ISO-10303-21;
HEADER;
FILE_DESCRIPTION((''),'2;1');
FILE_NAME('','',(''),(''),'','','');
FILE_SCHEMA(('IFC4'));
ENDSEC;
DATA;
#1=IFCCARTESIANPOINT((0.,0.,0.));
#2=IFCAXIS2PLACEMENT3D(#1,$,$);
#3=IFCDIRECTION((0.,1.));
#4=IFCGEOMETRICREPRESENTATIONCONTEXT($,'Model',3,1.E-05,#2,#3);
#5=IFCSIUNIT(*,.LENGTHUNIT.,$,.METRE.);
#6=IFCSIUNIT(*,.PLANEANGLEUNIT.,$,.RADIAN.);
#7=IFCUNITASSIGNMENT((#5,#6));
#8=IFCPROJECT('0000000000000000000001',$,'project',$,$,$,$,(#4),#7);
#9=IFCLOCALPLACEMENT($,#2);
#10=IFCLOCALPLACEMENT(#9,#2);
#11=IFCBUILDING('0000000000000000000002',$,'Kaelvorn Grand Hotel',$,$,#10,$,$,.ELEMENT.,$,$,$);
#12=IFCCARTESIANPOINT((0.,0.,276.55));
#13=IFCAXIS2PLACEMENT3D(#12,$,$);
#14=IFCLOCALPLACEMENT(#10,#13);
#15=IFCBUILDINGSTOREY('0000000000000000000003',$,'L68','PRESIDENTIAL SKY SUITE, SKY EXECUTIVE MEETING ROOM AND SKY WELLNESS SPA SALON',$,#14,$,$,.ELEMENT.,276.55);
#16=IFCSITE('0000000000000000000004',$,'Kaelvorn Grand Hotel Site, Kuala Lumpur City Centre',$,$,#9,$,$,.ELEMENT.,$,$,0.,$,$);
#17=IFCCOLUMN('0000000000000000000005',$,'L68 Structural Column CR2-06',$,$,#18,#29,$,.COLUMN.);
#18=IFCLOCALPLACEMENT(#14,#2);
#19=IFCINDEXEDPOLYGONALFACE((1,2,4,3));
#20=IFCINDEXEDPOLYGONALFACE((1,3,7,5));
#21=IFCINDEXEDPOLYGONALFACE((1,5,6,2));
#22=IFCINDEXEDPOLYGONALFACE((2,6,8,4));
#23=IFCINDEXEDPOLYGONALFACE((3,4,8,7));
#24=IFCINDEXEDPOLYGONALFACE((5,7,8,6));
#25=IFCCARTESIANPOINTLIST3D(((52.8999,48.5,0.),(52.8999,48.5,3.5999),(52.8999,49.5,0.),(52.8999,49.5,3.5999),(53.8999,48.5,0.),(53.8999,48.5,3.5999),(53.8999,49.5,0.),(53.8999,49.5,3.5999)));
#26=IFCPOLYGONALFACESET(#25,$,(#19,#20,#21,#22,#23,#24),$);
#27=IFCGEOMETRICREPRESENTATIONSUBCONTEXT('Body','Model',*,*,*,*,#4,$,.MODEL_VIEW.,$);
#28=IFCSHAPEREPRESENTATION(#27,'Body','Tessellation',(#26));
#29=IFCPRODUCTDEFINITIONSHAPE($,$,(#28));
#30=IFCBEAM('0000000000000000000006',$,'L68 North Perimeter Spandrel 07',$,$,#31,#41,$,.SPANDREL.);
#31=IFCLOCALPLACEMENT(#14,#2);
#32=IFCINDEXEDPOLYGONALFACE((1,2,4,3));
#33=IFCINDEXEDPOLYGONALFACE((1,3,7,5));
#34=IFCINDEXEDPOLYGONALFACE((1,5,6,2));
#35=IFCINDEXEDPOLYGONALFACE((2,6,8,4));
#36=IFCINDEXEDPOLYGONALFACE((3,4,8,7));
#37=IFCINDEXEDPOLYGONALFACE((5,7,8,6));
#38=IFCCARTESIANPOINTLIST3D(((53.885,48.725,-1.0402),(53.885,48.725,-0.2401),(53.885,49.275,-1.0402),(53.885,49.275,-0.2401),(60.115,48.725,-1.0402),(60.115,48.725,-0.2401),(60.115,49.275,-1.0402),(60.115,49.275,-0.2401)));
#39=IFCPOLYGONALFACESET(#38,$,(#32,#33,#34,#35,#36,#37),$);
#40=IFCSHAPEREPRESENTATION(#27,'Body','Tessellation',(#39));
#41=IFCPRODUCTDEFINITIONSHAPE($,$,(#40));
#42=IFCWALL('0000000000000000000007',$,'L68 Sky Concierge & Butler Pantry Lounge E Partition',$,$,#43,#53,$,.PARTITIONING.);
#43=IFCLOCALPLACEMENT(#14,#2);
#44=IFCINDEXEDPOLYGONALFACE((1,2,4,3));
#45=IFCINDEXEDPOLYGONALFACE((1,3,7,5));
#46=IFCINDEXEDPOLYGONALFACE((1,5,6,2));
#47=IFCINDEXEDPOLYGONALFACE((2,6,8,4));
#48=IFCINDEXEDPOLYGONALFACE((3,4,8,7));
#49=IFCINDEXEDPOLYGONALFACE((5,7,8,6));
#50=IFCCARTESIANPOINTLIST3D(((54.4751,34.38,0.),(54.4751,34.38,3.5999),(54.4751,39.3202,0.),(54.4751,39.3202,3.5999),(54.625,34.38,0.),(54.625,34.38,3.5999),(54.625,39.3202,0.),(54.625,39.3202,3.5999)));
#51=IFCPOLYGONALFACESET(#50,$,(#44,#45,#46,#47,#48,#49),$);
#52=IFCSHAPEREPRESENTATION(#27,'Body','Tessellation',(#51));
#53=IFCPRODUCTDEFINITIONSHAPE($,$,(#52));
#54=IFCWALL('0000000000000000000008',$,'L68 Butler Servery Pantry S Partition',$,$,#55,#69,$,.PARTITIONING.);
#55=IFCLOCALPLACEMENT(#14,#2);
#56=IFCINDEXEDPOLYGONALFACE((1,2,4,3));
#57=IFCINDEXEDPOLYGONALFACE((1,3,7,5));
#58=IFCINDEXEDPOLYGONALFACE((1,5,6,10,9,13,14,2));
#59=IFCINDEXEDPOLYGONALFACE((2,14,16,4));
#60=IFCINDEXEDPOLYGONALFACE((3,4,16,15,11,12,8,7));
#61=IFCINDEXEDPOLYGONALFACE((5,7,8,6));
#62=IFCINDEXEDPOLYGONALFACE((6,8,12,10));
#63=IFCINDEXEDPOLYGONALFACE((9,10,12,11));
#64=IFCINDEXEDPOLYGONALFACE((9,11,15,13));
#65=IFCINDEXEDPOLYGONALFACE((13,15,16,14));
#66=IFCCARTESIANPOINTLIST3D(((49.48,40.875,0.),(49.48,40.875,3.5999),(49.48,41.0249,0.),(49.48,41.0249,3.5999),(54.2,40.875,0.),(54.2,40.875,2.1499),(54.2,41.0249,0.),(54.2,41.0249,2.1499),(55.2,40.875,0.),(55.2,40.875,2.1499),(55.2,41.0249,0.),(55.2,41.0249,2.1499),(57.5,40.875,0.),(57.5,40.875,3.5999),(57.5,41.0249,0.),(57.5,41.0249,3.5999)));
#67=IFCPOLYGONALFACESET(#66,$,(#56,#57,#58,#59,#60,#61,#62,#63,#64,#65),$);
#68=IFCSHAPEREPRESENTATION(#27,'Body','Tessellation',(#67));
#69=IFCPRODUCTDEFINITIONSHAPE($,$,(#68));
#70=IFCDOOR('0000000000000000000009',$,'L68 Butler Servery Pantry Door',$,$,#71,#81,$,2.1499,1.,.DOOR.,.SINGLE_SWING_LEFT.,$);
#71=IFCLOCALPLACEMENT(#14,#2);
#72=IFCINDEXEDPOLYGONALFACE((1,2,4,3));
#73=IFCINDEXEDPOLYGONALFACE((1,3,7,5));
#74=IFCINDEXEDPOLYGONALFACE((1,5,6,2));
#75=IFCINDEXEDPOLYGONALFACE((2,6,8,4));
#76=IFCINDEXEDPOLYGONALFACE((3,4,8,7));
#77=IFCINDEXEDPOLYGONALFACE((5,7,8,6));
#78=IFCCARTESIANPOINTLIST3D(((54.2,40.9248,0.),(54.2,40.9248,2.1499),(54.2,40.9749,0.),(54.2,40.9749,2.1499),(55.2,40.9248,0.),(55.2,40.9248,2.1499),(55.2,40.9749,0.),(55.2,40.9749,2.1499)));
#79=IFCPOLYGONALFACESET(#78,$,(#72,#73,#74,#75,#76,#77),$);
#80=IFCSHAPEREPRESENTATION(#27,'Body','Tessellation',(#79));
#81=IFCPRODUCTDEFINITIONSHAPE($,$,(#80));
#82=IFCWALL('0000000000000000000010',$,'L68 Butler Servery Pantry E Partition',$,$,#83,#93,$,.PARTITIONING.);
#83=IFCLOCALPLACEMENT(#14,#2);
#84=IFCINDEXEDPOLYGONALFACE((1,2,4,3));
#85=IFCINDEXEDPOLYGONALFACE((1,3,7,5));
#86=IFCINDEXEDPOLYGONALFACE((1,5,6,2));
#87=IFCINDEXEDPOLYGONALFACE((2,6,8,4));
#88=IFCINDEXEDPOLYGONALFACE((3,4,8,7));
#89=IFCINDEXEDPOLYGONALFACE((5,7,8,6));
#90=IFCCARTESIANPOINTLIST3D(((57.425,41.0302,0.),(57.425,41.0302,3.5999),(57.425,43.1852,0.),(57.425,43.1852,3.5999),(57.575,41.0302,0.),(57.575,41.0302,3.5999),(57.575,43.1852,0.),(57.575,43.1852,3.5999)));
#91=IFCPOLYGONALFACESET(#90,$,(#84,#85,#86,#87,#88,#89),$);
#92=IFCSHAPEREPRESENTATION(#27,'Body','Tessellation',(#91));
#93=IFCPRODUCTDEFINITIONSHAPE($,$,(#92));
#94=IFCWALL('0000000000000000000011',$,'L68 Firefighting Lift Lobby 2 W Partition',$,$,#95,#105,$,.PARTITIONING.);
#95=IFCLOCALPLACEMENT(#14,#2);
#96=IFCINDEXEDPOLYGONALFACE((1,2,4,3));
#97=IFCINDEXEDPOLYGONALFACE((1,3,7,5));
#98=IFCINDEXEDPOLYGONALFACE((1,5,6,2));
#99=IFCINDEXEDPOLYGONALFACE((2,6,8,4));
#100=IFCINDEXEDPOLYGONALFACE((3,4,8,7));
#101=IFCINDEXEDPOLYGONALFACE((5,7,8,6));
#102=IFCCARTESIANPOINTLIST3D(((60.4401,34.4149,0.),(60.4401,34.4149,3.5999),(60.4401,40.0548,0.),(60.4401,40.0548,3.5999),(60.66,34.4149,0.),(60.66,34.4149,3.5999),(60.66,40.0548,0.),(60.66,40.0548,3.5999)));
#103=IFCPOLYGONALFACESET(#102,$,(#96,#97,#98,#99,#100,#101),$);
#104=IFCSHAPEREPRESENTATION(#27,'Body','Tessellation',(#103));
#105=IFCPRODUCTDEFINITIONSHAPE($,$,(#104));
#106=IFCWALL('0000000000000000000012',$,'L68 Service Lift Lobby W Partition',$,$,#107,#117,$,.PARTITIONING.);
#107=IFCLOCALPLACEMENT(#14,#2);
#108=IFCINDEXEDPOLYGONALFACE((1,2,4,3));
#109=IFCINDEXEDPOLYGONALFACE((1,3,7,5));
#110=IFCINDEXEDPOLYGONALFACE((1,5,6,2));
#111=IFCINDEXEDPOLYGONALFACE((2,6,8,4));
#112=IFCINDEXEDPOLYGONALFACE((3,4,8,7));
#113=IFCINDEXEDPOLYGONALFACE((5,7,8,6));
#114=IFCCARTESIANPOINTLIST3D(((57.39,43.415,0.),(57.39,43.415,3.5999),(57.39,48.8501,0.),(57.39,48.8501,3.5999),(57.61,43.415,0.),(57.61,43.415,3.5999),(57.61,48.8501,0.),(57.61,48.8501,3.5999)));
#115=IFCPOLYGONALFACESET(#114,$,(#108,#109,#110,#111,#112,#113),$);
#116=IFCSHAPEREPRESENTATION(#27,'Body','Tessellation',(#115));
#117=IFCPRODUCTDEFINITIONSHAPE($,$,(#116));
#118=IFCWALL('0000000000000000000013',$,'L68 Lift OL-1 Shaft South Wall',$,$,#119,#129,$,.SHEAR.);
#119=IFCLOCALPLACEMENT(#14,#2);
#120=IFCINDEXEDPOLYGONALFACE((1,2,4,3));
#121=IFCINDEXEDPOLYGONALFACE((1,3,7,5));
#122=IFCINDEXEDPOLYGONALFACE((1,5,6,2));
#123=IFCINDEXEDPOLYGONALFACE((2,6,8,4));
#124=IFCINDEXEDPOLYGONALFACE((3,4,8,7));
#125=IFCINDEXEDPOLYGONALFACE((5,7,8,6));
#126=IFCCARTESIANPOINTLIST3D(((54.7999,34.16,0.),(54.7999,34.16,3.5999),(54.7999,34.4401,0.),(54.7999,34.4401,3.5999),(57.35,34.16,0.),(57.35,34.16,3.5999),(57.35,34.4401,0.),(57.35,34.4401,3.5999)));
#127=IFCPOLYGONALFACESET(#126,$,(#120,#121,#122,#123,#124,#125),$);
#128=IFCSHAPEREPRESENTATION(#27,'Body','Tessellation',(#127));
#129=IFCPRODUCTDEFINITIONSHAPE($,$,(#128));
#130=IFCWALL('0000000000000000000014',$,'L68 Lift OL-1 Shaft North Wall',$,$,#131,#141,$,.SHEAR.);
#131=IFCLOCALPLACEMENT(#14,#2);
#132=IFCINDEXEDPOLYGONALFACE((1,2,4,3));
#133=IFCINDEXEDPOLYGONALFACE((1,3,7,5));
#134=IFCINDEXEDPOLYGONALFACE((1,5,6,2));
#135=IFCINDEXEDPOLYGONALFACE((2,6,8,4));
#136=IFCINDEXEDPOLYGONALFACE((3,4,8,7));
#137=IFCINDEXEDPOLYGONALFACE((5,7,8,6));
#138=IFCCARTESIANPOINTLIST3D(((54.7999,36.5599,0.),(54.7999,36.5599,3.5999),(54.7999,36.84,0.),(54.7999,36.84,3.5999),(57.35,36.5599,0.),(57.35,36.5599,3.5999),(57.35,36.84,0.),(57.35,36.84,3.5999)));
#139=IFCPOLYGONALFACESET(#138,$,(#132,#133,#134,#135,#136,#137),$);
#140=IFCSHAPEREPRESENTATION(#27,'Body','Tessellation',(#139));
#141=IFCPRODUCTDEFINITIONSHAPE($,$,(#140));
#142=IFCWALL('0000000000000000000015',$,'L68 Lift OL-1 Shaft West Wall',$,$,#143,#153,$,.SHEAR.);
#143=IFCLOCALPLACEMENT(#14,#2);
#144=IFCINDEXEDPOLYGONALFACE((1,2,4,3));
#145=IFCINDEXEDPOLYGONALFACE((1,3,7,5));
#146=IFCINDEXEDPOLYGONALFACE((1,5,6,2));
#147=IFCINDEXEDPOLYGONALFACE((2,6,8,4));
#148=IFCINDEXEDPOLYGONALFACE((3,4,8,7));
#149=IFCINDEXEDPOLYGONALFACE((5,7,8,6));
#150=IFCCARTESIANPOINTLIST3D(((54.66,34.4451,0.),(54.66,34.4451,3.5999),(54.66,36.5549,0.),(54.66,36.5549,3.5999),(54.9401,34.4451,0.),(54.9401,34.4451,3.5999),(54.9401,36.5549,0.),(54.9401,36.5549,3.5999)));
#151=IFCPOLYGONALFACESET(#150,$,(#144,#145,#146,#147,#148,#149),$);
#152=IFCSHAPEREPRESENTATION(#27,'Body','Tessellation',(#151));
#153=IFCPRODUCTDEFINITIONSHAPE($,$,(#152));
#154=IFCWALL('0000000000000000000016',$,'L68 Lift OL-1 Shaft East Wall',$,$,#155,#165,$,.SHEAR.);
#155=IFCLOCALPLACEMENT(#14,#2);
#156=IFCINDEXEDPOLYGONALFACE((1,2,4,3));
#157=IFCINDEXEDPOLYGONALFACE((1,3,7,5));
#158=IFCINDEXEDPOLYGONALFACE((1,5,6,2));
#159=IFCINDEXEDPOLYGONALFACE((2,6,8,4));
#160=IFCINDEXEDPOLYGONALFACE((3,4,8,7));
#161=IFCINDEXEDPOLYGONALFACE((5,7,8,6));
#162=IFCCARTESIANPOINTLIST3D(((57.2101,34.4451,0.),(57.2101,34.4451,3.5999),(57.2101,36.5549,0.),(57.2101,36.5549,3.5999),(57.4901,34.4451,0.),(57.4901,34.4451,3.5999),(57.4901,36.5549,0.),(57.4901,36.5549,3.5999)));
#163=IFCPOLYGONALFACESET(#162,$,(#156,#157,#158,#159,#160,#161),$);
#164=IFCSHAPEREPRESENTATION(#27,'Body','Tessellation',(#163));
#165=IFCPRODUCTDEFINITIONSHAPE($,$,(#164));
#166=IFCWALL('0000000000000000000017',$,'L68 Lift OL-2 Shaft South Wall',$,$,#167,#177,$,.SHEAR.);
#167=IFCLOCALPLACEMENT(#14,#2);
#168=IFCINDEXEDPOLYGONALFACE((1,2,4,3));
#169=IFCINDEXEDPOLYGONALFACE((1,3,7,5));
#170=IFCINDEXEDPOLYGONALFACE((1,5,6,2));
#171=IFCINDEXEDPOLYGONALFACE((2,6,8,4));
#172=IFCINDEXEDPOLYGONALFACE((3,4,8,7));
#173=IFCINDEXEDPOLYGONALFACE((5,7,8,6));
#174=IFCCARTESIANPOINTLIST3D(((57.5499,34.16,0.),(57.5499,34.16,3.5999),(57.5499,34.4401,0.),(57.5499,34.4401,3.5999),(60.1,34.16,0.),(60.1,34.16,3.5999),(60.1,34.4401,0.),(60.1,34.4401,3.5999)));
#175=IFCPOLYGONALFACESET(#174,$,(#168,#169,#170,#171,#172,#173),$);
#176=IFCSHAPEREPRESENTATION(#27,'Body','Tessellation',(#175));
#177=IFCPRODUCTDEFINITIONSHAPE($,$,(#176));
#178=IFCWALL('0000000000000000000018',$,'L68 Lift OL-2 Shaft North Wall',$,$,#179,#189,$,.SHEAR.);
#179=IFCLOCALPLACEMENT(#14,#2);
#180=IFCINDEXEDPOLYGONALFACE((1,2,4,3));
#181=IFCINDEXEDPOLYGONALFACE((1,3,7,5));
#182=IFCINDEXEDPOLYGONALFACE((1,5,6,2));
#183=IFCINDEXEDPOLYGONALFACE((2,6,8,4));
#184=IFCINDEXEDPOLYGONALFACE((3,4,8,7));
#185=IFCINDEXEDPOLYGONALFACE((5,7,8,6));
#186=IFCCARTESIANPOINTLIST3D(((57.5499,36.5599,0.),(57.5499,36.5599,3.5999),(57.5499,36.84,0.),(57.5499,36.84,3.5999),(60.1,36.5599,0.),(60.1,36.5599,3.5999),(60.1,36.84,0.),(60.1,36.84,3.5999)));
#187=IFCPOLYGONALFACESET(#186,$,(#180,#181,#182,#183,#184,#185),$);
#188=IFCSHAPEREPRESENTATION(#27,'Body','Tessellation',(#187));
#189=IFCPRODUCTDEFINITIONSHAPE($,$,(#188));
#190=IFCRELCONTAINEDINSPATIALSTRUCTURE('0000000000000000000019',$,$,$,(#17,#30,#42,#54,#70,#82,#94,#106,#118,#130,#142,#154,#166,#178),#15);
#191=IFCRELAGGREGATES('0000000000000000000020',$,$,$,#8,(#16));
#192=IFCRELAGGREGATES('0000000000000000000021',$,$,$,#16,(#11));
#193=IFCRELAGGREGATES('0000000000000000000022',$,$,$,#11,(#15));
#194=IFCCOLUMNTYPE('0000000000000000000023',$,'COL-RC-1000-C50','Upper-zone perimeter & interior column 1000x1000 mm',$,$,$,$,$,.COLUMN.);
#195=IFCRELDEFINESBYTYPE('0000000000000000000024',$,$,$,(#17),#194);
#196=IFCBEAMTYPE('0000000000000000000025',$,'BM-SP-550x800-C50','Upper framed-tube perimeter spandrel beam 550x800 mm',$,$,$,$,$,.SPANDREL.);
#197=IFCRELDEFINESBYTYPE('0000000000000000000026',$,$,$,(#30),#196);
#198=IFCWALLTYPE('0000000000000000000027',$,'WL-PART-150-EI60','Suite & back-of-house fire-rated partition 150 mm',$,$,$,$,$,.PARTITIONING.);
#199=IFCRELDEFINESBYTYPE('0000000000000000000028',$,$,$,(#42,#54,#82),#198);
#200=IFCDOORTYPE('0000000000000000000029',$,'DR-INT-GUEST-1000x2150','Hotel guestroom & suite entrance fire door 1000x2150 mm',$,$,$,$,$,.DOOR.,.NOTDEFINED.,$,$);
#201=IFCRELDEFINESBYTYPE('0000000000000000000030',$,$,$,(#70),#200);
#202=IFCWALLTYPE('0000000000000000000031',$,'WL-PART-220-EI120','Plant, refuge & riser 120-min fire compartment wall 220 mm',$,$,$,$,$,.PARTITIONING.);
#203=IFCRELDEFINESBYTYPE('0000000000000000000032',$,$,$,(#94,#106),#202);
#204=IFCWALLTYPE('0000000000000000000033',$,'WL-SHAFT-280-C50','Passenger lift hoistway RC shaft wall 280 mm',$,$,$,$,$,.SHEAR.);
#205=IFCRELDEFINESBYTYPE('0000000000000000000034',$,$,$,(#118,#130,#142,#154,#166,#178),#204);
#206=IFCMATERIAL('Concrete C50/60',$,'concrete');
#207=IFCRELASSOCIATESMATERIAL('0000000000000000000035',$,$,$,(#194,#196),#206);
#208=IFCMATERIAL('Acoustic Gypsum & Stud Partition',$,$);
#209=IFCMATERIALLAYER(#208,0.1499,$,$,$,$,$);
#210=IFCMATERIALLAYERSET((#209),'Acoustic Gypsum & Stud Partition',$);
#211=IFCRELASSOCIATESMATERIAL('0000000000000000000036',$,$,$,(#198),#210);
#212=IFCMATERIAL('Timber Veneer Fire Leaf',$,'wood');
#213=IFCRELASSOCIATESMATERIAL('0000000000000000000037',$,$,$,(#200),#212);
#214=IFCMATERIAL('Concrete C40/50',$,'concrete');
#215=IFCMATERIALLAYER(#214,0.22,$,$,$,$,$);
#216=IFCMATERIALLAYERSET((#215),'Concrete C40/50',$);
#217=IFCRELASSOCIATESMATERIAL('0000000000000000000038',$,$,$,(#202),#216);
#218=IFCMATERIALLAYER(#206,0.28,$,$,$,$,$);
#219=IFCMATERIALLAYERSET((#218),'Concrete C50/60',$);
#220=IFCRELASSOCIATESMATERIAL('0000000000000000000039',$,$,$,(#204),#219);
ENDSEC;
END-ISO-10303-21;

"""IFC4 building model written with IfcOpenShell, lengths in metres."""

from ifc_helpers import new_model, si_unit, direction, frame, frame_2d, origin, origin_2d, place, context, subcontext, project, spatial, rectangle, extrude, material, layer, layer_set, material_profile, profile_set, type_object, element, fill, save


model = new_model("IFC4")

# Units and contexts
model_context = context("Model", 3, precision=1e-05, world=origin(), true_north=direction((0.0, 1.0)))
body_context = subcontext(model_context, "Body", "Model", "MODEL_VIEW")
ifc_project = project(units=[si_unit("LENGTHUNIT", "METRE"), si_unit("PLANEANGLEUNIT", "RADIAN")], contexts=[model_context])

# Site, building, storey
site_placement = place(None, origin())
site = spatial("IfcSite", under=ifc_project, at=site_placement, Name="Kaelvorn Grand Hotel Site, Kuala Lumpur City Centre", CompositionType="ELEMENT", RefElevation=0.0)
building_placement = place(site_placement, origin())
building = spatial("IfcBuilding", under=site, at=building_placement, Name="Kaelvorn Grand Hotel", CompositionType="ELEMENT")
storey_placement = place(building_placement, frame((0.0, 0.0, 276.55)))
storey = spatial("IfcBuildingStorey", under=building, at=storey_placement, Name="L68", Description="PRESIDENTIAL SKY SUITE, SKY EXECUTIVE MEETING ROOM AND SKY WELLNESS SPA SALON", CompositionType="ELEMENT", Elevation=276.55)

# Column
ifc_material_1 = material(Name="Concrete C50/60", Category="concrete")
ifc_material_profile_1 = material_profile(ifc_material_1, rectangle(XDim=1.0, YDim=1.0, at=origin_2d()), Name="RC COL 1000x1000")
ifc_profile_set_1 = profile_set([ifc_material_profile_1], Name="Concrete C50/60")
column_type = type_object("IfcColumnType", Name="COL-RC-1000-C50", Description="Upper-zone perimeter & interior column 1000x1000 mm", PredefinedType="COLUMN", material=ifc_profile_set_1)
column_placement = place(storey_placement, frame((53.3999, 49.0, 0.0), z_axis=(0.0, 0.0, 1.0), x_axis=(1.0, 0.0, 0.0)))
element("IfcColumn", 1, at=column_placement, inside=storey, type_object=column_type, Name="L68 Structural Column CR2-06", PredefinedType="COLUMN", context=body_context, shape_type="SweptSolid", body=[
    extrude(rectangle(XDim=1.0, YDim=1.0, at=origin_2d()), origin(), (0.0, 0.0, 1.0), 3.5999),
])

# Beam
ifc_material_profile_2 = material_profile(ifc_material_1, rectangle(XDim=0.55, YDim=0.8, at=origin_2d()), Name="RC SPANDREL 550x800")
ifc_profile_set_2 = profile_set([ifc_material_profile_2], Name="Concrete C50/60")
beam_type = type_object("IfcBeamType", Name="BM-SP-550x800-C50", Description="Upper framed-tube perimeter spandrel beam 550x800 mm", PredefinedType="SPANDREL", material=ifc_profile_set_2)
beam_placement = place(storey_placement, frame((53.885, 49.0, -0.6401), z_axis=(1.0, 0.0, 0.0), x_axis=(0.0, 1.0, 0.0)))
element("IfcBeam", 2, at=beam_placement, inside=storey, type_object=beam_type, Name="L68 North Perimeter Spandrel 07", PredefinedType="SPANDREL", context=body_context, shape_type="SweptSolid", body=[
    extrude(rectangle(XDim=0.55, YDim=0.8, at=origin_2d()), origin(), (0.0, 0.0, 1.0), 6.23),
])

# Wall
ifc_material_2 = material(Name="Acoustic Gypsum & Stud Partition")
ifc_layer_1 = layer(ifc_material_2, 0.1499)
ifc_layer_set_1 = layer_set([ifc_layer_1], Name="Acoustic Gypsum & Stud Partition")
wall_type_1 = type_object("IfcWallType", Name="WL-PART-150-EI60", Description="Suite & back-of-house fire-rated partition 150 mm", PredefinedType="PARTITIONING", material=ifc_layer_set_1)
wall_1_placement = place(storey_placement, frame((54.55, 34.3799, 0.0), z_axis=(0.0, 0.0, 1.0), x_axis=(0.0, 1.0, 0.0)))
element("IfcWall", 3, at=wall_1_placement, inside=storey, type_object=wall_type_1, Name="L68 Sky Concierge & Butler Pantry Lounge E Partition", PredefinedType="PARTITIONING", context=body_context, shape_type="SweptSolid", body=[
    extrude(rectangle(XDim=4.9402, YDim=0.1499, at=frame_2d((2.4702, 0.0))), origin(), (0.0, 0.0, 1.0), 3.5999),
])

# Wall, opening, door
wall_2_placement = place(storey_placement, frame((49.48, 40.95, 0.0), z_axis=(0.0, 0.0, 1.0), x_axis=(1.0, 0.0, 0.0)))
wall_2 = element("IfcWall", 4, at=wall_2_placement, inside=storey, type_object=wall_type_1, Name="L68 Butler Servery Pantry S Partition", PredefinedType="PARTITIONING", context=body_context, shape_type="SweptSolid", body=[
    extrude(rectangle(XDim=8.02, YDim=0.1499, at=frame_2d((4.01, 0.0))), origin(), (0.0, 0.0, 1.0), 3.5999),
])
opening_1_placement = place(wall_2_placement, frame((4.72, 0.0, 0.0)))
opening_1 = element("IfcOpeningElement", 5, at=opening_1_placement, cuts=wall_2, PredefinedType="OPENING", context=body_context, shape_type="SweptSolid", body=[
    extrude(rectangle(XDim=1.0, YDim=2.1499, at=frame_2d((0.5, 1.075))), frame((0.0, 0.085, 0.0), z_axis=(0.0, -1.0, 0.0), x_axis=(1.0, 0.0, 0.0)), (0.0, 0.0, 1.0), 0.1699),
])
ifc_material_3 = material(Name="Timber Veneer Fire Leaf", Category="wood")
door_type_1 = type_object("IfcDoorType", Name="DR-INT-GUEST-1000x2150", Description="Hotel guestroom & suite entrance fire door 1000x2150 mm", OperationType="NOTDEFINED", PredefinedType="DOOR", material=ifc_material_3)
door_1_placement = place(opening_1_placement, origin())
door_1 = element("IfcDoor", 6, at=door_1_placement, inside=storey, type_object=door_type_1, Name="L68 Butler Servery Pantry Door", OperationType="SINGLE_SWING_LEFT", OverallHeight=2.1499, OverallWidth=1.0, PredefinedType="DOOR", context=body_context, shape_type="SweptSolid", body=[
    extrude(rectangle(XDim=1.0, YDim=2.1499, at=frame_2d((0.5, 1.075))), frame((0.0, 0.0249, 0.0), z_axis=(0.0, -1.0, 0.0), x_axis=(1.0, 0.0, 0.0)), (0.0, 0.0, 1.0), 0.05),
])
fill(opening_1, door_1)

# Wall
wall_3_placement = place(storey_placement, frame((57.5, 41.03, 0.0), z_axis=(0.0, 0.0, 1.0), x_axis=(0.0, 1.0, 0.0)))
element("IfcWall", 7, at=wall_3_placement, inside=storey, type_object=wall_type_1, Name="L68 Butler Servery Pantry E Partition", PredefinedType="PARTITIONING", context=body_context, shape_type="SweptSolid", body=[
    extrude(rectangle(XDim=2.155, YDim=0.1499, at=frame_2d((1.0776, 0.0))), origin(), (0.0, 0.0, 1.0), 3.5999),
])

# Shared definitions
ifc_material_4 = material(Name="Concrete C40/50", Category="concrete")
ifc_layer_2 = layer(ifc_material_4, 0.22)
ifc_layer_set_2 = layer_set([ifc_layer_2], Name="Concrete C40/50")
wall_type_2 = type_object("IfcWallType", Name="WL-PART-220-EI120", Description="Plant, refuge & riser 120-min fire compartment wall 220 mm", PredefinedType="PARTITIONING", material=ifc_layer_set_2)

# Wall
wall_4_placement = place(storey_placement, frame((60.55, 34.415, 0.0), z_axis=(0.0, 0.0, 1.0), x_axis=(0.0, 1.0, 0.0)))
element("IfcWall", 8, at=wall_4_placement, inside=storey, type_object=wall_type_2, Name="L68 Firefighting Lift Lobby 2 W Partition", PredefinedType="PARTITIONING", context=body_context, shape_type="SweptSolid", body=[
    extrude(rectangle(XDim=5.6399, YDim=0.22, at=frame_2d((2.8198, 0.0))), origin(), (0.0, 0.0, 1.0), 3.5999),
])

# Walls
wall_5_placement = place(storey_placement, frame((57.5, 43.415, 0.0), z_axis=(0.0, 0.0, 1.0), x_axis=(0.0, 1.0, 0.0)))
element("IfcWall", 9, at=wall_5_placement, inside=storey, type_object=wall_type_2, Name="L68 Service Lift Lobby W Partition", PredefinedType="PARTITIONING", context=body_context, shape_type="SweptSolid", body=[
    extrude(rectangle(XDim=5.4351, YDim=0.22, at=frame_2d((2.7175, 0.0))), origin(), (0.0, 0.0, 1.0), 3.5999),
])
ifc_layer_3 = layer(ifc_material_1, 0.28)
ifc_layer_set_3 = layer_set([ifc_layer_3], Name="Concrete C50/60")
wall_type_3 = type_object("IfcWallType", Name="WL-SHAFT-280-C50", Description="Passenger lift hoistway RC shaft wall 280 mm", PredefinedType="SHEAR", material=ifc_layer_set_3)
for number, where, z_axis, x_axis, name in (
    (10, (54.8, 34.3, 0.0), (0.0, 0.0, 1.0), (1.0, 0.0, 0.0), "L68 Lift OL-1 Shaft South Wall"),
    (11, (54.8, 36.7, 0.0), (0.0, 0.0, 1.0), (1.0, 0.0, 0.0), "L68 Lift OL-1 Shaft North Wall"),
):
    element("IfcWall", number, at=place(storey_placement, frame(where, z_axis=z_axis, x_axis=x_axis)), inside=storey, type_object=wall_type_3, Name=name, PredefinedType="SHEAR", context=body_context, shape_type="SweptSolid", body=[
        extrude(rectangle(XDim=2.55, YDim=0.28, at=frame_2d((1.2749, 0.0))), origin(), (0.0, 0.0, 1.0), 3.5999),
    ])
for number, where, z_axis, x_axis, name in (
    (12, (54.8, 34.4451, 0.0), (0.0, 0.0, 1.0), (0.0, 1.0, 0.0), "L68 Lift OL-1 Shaft West Wall"),
    (13, (57.3501, 34.4451, 0.0), (0.0, 0.0, 1.0), (0.0, 1.0, 0.0), "L68 Lift OL-1 Shaft East Wall"),
):
    element("IfcWall", number, at=place(storey_placement, frame(where, z_axis=z_axis, x_axis=x_axis)), inside=storey, type_object=wall_type_3, Name=name, PredefinedType="SHEAR", context=body_context, shape_type="SweptSolid", body=[
        extrude(rectangle(XDim=2.1099, YDim=0.28, at=frame_2d((1.0549, 0.0))), origin(), (0.0, 0.0, 1.0), 3.5999),
    ])
for number, where, z_axis, x_axis, name in (
    (14, (57.55, 34.3, 0.0), (0.0, 0.0, 1.0), (1.0, 0.0, 0.0), "L68 Lift OL-2 Shaft South Wall"),
    (15, (57.55, 36.7, 0.0), (0.0, 0.0, 1.0), (1.0, 0.0, 0.0), "L68 Lift OL-2 Shaft North Wall"),
):
    element("IfcWall", number, at=place(storey_placement, frame(where, z_axis=z_axis, x_axis=x_axis)), inside=storey, type_object=wall_type_3, Name=name, PredefinedType="SHEAR", context=body_context, shape_type="SweptSolid", body=[
        extrude(rectangle(XDim=2.55, YDim=0.28, at=frame_2d((1.2749, 0.0))), origin(), (0.0, 0.0, 1.0), 3.5999),
    ])

save(model, "model.ifc")
